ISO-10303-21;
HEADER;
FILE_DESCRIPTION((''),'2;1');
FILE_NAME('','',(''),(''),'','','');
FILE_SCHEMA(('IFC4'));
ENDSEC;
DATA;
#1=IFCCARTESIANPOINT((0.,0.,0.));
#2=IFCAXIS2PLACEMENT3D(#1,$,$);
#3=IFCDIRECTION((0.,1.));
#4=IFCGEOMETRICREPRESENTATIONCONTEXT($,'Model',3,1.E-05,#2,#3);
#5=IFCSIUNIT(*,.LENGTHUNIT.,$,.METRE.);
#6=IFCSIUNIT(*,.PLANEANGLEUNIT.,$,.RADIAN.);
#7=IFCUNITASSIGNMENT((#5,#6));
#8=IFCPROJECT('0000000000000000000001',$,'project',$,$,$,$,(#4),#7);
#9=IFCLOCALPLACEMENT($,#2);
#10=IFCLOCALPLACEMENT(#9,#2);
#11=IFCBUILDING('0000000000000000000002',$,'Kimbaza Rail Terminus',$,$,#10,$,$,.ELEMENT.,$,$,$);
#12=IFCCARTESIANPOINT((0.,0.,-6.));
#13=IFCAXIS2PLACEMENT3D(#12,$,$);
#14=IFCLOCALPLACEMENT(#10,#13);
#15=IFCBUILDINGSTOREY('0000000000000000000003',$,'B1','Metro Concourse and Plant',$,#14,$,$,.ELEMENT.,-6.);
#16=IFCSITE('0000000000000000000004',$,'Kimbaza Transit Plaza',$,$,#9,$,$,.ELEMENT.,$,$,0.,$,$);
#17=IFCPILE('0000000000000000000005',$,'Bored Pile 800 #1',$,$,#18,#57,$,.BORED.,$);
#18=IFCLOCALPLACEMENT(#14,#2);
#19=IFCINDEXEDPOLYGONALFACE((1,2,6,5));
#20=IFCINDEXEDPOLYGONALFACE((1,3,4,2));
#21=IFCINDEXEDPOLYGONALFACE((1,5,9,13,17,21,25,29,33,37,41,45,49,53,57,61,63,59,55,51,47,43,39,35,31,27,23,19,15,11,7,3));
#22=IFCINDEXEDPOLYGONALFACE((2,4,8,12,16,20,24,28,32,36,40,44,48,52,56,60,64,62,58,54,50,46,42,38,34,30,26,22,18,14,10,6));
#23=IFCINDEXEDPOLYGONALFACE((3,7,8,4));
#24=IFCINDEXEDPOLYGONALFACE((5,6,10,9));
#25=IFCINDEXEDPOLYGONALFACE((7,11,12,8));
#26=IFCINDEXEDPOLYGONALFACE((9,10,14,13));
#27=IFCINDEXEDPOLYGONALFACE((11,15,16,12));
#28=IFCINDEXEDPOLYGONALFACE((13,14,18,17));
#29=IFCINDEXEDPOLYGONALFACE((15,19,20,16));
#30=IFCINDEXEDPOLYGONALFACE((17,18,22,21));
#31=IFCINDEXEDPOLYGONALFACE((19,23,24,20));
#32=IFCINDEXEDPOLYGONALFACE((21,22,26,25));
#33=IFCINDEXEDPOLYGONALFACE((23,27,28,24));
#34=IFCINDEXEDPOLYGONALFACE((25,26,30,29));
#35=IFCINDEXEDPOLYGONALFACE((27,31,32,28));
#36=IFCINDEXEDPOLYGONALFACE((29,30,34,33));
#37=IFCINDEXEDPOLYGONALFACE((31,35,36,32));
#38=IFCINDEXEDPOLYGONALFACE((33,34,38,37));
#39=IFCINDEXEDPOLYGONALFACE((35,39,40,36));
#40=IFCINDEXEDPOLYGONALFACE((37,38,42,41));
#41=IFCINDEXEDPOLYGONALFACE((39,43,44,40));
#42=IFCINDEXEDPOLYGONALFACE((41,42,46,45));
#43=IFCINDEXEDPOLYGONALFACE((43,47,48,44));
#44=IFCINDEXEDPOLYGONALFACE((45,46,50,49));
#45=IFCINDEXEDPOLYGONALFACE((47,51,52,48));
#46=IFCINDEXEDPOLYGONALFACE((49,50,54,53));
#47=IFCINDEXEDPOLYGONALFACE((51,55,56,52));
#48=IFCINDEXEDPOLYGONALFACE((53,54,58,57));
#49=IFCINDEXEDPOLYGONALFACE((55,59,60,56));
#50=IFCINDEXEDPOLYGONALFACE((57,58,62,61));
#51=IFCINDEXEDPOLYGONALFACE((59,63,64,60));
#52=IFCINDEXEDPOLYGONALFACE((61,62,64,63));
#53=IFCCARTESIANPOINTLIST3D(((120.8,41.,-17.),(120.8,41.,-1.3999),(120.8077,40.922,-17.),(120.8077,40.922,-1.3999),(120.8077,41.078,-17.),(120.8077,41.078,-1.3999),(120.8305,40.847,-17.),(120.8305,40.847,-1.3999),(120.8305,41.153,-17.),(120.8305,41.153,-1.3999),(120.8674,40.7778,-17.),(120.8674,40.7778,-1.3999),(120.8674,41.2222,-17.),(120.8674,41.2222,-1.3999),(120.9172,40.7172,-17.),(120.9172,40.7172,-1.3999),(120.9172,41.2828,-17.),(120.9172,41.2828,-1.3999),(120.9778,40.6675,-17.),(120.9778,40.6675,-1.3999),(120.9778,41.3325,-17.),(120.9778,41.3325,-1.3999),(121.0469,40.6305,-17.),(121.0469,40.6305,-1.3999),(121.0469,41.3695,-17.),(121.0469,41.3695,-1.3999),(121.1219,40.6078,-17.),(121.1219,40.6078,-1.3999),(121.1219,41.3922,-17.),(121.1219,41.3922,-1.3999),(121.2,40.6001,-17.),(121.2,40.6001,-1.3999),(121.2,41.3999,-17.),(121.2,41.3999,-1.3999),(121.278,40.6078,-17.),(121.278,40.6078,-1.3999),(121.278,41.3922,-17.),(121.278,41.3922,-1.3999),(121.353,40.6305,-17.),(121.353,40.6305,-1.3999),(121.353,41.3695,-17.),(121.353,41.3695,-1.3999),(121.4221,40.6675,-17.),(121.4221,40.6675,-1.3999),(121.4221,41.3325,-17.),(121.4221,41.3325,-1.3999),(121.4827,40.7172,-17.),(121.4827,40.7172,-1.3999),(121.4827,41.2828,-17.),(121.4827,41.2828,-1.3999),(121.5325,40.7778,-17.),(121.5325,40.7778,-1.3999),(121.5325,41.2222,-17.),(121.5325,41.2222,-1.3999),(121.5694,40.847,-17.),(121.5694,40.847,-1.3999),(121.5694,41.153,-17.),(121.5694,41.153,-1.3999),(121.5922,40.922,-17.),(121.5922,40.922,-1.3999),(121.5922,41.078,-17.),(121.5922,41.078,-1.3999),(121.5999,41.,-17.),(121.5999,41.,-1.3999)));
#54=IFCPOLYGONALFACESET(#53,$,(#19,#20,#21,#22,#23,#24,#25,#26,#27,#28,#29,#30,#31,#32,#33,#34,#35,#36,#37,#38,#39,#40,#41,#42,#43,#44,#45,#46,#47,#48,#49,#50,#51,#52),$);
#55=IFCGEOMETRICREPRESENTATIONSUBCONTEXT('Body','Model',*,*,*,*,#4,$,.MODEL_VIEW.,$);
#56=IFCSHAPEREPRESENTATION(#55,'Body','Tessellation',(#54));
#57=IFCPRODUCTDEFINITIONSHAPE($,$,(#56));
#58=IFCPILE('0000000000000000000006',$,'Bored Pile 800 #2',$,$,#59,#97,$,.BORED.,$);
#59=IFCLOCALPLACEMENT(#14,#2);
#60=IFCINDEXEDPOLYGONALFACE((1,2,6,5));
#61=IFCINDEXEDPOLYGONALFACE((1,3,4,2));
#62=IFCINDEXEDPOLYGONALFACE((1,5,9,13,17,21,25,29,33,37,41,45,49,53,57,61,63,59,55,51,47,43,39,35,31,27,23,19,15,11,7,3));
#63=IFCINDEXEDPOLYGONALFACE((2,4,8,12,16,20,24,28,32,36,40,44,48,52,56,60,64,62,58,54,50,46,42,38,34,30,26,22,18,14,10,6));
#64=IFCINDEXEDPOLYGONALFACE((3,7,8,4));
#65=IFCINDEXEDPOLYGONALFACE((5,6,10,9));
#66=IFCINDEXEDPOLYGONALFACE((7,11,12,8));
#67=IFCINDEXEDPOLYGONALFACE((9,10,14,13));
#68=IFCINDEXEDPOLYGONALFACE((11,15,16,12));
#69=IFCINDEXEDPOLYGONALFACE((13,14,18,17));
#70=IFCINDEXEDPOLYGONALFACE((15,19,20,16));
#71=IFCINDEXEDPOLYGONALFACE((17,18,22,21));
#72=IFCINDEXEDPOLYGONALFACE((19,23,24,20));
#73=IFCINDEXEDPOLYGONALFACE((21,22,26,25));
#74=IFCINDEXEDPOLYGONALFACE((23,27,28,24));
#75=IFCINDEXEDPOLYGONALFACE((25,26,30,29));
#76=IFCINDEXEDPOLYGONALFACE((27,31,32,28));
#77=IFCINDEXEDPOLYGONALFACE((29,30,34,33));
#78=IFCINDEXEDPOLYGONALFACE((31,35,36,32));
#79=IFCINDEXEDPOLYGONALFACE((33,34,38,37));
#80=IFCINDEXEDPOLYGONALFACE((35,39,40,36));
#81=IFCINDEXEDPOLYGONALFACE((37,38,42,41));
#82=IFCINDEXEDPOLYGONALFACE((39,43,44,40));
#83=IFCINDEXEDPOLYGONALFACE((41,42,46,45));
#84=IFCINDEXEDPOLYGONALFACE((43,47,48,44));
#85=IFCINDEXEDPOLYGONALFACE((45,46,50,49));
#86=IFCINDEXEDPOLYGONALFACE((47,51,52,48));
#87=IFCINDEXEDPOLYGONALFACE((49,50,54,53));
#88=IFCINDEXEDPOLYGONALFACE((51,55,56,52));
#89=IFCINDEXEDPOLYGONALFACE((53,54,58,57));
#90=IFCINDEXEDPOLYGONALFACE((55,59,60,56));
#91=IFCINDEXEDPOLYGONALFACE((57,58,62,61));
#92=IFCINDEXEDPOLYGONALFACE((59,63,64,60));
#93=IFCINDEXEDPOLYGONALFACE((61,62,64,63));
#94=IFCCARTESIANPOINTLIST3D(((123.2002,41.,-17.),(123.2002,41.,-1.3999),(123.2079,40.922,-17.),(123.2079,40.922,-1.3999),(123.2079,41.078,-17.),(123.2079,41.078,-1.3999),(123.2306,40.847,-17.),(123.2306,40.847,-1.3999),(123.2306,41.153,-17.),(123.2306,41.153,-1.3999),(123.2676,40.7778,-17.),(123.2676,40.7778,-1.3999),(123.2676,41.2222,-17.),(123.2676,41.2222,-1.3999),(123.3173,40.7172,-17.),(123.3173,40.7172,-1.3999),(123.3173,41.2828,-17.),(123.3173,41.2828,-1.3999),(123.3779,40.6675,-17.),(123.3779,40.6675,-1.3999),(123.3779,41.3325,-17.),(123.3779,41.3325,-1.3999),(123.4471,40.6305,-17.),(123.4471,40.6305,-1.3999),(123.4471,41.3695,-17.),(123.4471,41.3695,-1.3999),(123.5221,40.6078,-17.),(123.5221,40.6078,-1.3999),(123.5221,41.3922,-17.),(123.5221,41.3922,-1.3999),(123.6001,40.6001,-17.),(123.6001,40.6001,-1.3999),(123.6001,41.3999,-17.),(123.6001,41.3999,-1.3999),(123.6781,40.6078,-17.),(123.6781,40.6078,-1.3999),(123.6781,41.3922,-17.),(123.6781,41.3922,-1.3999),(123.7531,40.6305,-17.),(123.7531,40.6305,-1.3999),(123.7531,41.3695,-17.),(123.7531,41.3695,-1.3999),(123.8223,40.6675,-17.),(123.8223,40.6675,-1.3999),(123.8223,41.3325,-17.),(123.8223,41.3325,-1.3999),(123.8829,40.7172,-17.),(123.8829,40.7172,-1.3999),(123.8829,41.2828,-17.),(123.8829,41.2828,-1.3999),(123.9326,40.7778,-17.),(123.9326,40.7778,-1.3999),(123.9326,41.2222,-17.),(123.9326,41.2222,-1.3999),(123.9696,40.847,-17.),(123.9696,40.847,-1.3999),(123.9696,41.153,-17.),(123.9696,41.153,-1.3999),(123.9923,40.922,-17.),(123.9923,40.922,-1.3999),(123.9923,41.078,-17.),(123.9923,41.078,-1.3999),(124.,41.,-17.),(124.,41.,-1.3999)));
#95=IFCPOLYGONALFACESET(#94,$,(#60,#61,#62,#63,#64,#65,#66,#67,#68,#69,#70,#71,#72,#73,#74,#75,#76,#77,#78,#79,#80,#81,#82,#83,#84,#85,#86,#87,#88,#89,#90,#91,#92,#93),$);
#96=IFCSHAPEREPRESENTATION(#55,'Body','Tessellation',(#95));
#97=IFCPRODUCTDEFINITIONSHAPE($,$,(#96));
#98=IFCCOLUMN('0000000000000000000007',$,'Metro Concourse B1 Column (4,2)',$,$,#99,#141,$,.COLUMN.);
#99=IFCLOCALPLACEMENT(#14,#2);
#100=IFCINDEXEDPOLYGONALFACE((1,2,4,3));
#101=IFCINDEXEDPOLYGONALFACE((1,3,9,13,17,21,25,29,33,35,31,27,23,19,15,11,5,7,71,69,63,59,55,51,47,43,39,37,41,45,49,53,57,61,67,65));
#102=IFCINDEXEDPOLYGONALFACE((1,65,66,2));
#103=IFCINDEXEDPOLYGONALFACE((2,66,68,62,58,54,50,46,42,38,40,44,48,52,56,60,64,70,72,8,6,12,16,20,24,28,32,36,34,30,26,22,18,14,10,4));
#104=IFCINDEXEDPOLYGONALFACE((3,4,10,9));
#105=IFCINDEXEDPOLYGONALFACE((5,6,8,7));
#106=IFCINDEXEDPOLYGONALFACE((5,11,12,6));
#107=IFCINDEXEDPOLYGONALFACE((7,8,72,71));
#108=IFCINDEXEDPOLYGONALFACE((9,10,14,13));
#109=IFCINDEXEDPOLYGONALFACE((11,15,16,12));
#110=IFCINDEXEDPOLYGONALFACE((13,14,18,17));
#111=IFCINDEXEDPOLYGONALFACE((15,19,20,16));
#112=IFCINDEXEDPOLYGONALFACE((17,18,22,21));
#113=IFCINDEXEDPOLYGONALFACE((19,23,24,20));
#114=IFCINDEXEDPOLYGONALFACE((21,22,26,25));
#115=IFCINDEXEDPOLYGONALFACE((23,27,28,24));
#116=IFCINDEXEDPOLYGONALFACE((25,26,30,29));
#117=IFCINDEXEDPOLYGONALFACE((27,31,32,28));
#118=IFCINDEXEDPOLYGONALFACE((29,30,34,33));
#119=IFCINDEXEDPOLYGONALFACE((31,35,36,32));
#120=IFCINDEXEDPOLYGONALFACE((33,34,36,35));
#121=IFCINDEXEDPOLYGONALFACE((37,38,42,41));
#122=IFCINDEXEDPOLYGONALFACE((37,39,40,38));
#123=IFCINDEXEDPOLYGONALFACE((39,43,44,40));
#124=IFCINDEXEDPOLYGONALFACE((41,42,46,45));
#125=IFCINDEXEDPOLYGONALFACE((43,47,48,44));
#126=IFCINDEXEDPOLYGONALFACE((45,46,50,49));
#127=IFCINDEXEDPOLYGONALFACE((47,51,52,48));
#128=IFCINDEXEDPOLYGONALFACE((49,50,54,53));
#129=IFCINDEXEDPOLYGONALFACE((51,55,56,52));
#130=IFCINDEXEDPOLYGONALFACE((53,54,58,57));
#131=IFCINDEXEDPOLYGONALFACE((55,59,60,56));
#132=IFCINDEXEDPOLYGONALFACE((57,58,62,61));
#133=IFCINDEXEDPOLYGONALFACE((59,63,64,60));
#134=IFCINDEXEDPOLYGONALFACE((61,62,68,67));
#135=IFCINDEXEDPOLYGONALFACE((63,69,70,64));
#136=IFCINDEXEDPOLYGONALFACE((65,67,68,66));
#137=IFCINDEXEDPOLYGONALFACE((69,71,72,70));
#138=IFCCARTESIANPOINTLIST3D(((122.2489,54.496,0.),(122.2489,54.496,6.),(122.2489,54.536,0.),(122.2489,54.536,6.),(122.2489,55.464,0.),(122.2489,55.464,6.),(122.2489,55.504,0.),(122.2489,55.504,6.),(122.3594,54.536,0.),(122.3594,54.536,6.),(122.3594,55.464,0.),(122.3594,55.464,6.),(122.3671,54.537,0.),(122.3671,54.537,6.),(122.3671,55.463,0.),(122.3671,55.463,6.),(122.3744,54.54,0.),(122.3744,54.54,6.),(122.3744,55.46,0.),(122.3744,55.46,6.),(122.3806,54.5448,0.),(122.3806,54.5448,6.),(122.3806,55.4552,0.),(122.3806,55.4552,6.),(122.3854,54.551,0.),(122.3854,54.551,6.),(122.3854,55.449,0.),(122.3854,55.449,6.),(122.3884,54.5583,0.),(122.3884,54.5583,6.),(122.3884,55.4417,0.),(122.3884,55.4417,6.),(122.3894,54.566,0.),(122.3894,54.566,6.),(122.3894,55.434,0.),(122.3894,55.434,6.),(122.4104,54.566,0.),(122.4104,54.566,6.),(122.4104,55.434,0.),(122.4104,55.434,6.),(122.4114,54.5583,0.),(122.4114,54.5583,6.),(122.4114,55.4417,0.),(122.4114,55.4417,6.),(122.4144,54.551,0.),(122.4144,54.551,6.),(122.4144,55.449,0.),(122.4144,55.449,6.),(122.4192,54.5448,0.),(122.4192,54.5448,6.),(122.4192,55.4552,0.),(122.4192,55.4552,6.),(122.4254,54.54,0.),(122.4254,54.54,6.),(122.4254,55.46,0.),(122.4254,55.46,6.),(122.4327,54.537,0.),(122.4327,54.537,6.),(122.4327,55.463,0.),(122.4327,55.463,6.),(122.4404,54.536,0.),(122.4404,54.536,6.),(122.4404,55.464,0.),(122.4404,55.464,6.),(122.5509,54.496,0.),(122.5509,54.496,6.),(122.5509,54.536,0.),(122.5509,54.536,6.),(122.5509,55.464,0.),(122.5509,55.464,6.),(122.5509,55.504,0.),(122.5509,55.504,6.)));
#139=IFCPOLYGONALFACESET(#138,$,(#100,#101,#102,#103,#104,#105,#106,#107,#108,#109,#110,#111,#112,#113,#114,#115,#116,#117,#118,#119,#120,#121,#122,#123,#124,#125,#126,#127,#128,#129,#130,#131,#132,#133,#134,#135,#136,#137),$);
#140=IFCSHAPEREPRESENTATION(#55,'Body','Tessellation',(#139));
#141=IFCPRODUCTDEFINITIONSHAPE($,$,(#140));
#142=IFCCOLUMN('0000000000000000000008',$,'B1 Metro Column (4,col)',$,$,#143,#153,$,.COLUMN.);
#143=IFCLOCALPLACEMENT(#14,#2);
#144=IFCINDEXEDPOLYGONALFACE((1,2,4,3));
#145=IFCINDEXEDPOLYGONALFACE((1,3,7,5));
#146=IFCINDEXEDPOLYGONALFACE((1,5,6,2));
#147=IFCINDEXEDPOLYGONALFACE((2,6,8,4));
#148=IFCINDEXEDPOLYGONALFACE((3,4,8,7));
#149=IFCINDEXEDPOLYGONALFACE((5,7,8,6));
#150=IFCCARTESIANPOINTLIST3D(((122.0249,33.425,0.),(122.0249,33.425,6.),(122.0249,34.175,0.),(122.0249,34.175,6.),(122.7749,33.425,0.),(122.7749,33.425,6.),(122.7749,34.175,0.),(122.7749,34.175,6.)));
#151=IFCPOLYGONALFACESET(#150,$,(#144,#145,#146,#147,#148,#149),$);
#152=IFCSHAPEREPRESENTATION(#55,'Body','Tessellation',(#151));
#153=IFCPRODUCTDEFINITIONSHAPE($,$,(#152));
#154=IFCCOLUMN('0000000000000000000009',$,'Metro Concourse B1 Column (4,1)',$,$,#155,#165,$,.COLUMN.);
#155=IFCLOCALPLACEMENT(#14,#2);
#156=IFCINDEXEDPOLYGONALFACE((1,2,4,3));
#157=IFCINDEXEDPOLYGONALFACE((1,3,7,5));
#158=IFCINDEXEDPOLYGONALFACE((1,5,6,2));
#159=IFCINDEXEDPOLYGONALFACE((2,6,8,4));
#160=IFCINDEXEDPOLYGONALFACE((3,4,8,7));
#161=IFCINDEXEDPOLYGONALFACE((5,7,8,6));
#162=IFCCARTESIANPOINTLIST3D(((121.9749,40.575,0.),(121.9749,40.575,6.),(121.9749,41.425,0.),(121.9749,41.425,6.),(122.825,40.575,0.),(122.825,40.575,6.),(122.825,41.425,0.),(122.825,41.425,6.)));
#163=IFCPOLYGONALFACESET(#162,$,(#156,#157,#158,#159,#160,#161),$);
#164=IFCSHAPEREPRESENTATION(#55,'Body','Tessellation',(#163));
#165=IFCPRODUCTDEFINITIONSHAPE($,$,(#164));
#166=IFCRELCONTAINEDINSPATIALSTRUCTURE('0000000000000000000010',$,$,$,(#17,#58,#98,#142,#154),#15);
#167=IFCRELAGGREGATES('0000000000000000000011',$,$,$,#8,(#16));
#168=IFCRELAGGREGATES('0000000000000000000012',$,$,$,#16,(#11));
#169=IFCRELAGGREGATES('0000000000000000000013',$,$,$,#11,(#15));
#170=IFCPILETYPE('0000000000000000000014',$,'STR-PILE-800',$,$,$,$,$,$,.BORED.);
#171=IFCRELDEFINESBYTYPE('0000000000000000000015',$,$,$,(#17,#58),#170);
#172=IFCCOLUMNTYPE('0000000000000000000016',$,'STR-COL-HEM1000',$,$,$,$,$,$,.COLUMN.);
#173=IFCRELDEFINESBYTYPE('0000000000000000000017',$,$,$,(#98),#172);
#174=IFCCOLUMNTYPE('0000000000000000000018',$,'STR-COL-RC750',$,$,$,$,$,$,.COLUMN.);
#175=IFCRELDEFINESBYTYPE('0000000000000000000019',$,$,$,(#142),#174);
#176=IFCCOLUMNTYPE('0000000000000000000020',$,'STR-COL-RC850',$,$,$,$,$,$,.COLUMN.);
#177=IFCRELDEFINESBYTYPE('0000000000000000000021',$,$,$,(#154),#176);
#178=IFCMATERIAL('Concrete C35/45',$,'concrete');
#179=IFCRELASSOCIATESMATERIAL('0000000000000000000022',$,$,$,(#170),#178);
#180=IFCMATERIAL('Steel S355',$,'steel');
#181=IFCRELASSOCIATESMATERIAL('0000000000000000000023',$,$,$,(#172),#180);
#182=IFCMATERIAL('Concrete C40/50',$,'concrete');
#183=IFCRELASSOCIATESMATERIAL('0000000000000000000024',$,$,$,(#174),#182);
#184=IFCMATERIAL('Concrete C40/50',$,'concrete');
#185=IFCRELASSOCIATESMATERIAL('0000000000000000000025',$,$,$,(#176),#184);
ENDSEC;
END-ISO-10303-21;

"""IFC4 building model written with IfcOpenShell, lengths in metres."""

from ifc_helpers import new_model, si_unit, direction, frame, origin, origin_2d, place, context, subcontext, project, spatial, rectangle, circle, i_section, extrude, material, material_profile, profile_set, type_object, element, save


model = new_model("IFC4")

# Units and contexts
model_context = context("Model", 3, precision=1e-05, world=origin(), true_north=direction((0.0, 1.0)))
body_context = subcontext(model_context, "Body", "Model", "MODEL_VIEW")
ifc_project = project(units=[si_unit("LENGTHUNIT", "METRE"), si_unit("PLANEANGLEUNIT", "RADIAN")], contexts=[model_context])

# Site, building, storey
site_placement = place(None, origin())
site = spatial("IfcSite", under=ifc_project, at=site_placement, Name="Kimbaza Transit Plaza", CompositionType="ELEMENT", RefElevation=0.0)
building_placement = place(site_placement, origin())
building = spatial("IfcBuilding", under=site, at=building_placement, Name="Kimbaza Rail Terminus", CompositionType="ELEMENT")
storey_placement = place(building_placement, frame((0.0, 0.0, -6.0)))
storey = spatial("IfcBuildingStorey", under=building, at=storey_placement, Name="B1", Description="Metro Concourse and Plant", CompositionType="ELEMENT", Elevation=-6.0)

# Piles
ifc_material_1 = material(Name="Concrete C35/45", Category="concrete")
ifc_material_profile_1 = material_profile(ifc_material_1, circle(Radius=0.3999, at=origin_2d()), Name="BORED PILE 800")
ifc_profile_set_1 = profile_set([ifc_material_profile_1], Name="Concrete C35/45")
pile_type_1 = type_object("IfcPileType", Name="STR-PILE-800", PredefinedType="BORED", material=ifc_profile_set_1)
for number, where, z_axis, x_axis, name in (
    (1, (121.2, 41.0, -1.3999), (0.0, 0.0, -1.0), (1.0, 0.0, 0.0), "Bored Pile 800 #1"),
    (2, (123.6001, 41.0, -1.3999), (0.0, 0.0, -1.0), (1.0, 0.0, 0.0), "Bored Pile 800 #2"),
):
    element("IfcPile", number, at=place(storey_placement, frame(where, z_axis=z_axis, x_axis=x_axis)), inside=storey, type_object=pile_type_1, Name=name, PredefinedType="BORED", context=body_context, shape_type="SweptSolid", body=[
        extrude(circle(Radius=0.3999, at=origin_2d()), origin(), (0.0, 0.0, 1.0), 15.6001),
    ])

# Columns
ifc_material_2 = material(Name="Steel S355", Category="steel")
ifc_material_profile_2 = material_profile(ifc_material_2, i_section(OverallWidth=0.302, OverallDepth=1.0081, WebThickness=0.021, FlangeThickness=0.04, FilletRadius=0.03, at=origin_2d()), Name="HEM 1000")
ifc_profile_set_2 = profile_set([ifc_material_profile_2], Name="Steel S355")
column_type_1 = type_object("IfcColumnType", Name="STR-COL-HEM1000", PredefinedType="COLUMN", material=ifc_profile_set_2)
column_1_placement = place(storey_placement, frame((122.3999, 55.0, 0.0), z_axis=(0.0, 0.0, 1.0), x_axis=(1.0, 0.0, 0.0)))
element("IfcColumn", 3, at=column_1_placement, inside=storey, type_object=column_type_1, Name="Metro Concourse B1 Column (4,2)", PredefinedType="COLUMN", context=body_context, shape_type="SweptSolid", body=[
    extrude(i_section(OverallWidth=0.302, OverallDepth=1.0081, WebThickness=0.021, FlangeThickness=0.04, FilletRadius=0.03, at=origin_2d()), origin(), (0.0, 0.0, 1.0), 6.0),
])
ifc_material_3 = material(Name="Concrete C40/50", Category="concrete")
ifc_material_profile_3 = material_profile(ifc_material_3, rectangle(XDim=0.75, YDim=0.75, at=origin_2d()), Name="RC 750x750")
ifc_profile_set_3 = profile_set([ifc_material_profile_3], Name="Concrete C40/50")
column_type_2 = type_object("IfcColumnType", Name="STR-COL-RC750", PredefinedType="COLUMN", material=ifc_profile_set_3)
column_2_placement = place(storey_placement, frame((122.3999, 33.8, 0.0), z_axis=(0.0, 0.0, 1.0), x_axis=(1.0, 0.0, 0.0)))
element("IfcColumn", 4, at=column_2_placement, inside=storey, type_object=column_type_2, Name="B1 Metro Column (4,col)", PredefinedType="COLUMN", context=body_context, shape_type="SweptSolid", body=[
    extrude(rectangle(XDim=0.75, YDim=0.75, at=origin_2d()), origin(), (0.0, 0.0, 1.0), 6.0),
])
ifc_material_4 = material(Name="Concrete C40/50", Category="concrete")
ifc_material_profile_4 = material_profile(ifc_material_4, rectangle(XDim=0.8501, YDim=0.8501, at=origin_2d()), Name="RC 850x850")
ifc_profile_set_4 = profile_set([ifc_material_profile_4], Name="Concrete C40/50")
column_type_3 = type_object("IfcColumnType", Name="STR-COL-RC850", PredefinedType="COLUMN", material=ifc_profile_set_4)
column_3_placement = place(storey_placement, frame((122.3999, 41.0, 0.0), z_axis=(0.0, 0.0, 1.0), x_axis=(1.0, 0.0, 0.0)))
element("IfcColumn", 5, at=column_3_placement, inside=storey, type_object=column_type_3, Name="Metro Concourse B1 Column (4,1)", PredefinedType="COLUMN", context=body_context, shape_type="SweptSolid", body=[
    extrude(rectangle(XDim=0.8501, YDim=0.8501, at=origin_2d()), origin(), (0.0, 0.0, 1.0), 6.0),
])

save(model, "model.ifc")
